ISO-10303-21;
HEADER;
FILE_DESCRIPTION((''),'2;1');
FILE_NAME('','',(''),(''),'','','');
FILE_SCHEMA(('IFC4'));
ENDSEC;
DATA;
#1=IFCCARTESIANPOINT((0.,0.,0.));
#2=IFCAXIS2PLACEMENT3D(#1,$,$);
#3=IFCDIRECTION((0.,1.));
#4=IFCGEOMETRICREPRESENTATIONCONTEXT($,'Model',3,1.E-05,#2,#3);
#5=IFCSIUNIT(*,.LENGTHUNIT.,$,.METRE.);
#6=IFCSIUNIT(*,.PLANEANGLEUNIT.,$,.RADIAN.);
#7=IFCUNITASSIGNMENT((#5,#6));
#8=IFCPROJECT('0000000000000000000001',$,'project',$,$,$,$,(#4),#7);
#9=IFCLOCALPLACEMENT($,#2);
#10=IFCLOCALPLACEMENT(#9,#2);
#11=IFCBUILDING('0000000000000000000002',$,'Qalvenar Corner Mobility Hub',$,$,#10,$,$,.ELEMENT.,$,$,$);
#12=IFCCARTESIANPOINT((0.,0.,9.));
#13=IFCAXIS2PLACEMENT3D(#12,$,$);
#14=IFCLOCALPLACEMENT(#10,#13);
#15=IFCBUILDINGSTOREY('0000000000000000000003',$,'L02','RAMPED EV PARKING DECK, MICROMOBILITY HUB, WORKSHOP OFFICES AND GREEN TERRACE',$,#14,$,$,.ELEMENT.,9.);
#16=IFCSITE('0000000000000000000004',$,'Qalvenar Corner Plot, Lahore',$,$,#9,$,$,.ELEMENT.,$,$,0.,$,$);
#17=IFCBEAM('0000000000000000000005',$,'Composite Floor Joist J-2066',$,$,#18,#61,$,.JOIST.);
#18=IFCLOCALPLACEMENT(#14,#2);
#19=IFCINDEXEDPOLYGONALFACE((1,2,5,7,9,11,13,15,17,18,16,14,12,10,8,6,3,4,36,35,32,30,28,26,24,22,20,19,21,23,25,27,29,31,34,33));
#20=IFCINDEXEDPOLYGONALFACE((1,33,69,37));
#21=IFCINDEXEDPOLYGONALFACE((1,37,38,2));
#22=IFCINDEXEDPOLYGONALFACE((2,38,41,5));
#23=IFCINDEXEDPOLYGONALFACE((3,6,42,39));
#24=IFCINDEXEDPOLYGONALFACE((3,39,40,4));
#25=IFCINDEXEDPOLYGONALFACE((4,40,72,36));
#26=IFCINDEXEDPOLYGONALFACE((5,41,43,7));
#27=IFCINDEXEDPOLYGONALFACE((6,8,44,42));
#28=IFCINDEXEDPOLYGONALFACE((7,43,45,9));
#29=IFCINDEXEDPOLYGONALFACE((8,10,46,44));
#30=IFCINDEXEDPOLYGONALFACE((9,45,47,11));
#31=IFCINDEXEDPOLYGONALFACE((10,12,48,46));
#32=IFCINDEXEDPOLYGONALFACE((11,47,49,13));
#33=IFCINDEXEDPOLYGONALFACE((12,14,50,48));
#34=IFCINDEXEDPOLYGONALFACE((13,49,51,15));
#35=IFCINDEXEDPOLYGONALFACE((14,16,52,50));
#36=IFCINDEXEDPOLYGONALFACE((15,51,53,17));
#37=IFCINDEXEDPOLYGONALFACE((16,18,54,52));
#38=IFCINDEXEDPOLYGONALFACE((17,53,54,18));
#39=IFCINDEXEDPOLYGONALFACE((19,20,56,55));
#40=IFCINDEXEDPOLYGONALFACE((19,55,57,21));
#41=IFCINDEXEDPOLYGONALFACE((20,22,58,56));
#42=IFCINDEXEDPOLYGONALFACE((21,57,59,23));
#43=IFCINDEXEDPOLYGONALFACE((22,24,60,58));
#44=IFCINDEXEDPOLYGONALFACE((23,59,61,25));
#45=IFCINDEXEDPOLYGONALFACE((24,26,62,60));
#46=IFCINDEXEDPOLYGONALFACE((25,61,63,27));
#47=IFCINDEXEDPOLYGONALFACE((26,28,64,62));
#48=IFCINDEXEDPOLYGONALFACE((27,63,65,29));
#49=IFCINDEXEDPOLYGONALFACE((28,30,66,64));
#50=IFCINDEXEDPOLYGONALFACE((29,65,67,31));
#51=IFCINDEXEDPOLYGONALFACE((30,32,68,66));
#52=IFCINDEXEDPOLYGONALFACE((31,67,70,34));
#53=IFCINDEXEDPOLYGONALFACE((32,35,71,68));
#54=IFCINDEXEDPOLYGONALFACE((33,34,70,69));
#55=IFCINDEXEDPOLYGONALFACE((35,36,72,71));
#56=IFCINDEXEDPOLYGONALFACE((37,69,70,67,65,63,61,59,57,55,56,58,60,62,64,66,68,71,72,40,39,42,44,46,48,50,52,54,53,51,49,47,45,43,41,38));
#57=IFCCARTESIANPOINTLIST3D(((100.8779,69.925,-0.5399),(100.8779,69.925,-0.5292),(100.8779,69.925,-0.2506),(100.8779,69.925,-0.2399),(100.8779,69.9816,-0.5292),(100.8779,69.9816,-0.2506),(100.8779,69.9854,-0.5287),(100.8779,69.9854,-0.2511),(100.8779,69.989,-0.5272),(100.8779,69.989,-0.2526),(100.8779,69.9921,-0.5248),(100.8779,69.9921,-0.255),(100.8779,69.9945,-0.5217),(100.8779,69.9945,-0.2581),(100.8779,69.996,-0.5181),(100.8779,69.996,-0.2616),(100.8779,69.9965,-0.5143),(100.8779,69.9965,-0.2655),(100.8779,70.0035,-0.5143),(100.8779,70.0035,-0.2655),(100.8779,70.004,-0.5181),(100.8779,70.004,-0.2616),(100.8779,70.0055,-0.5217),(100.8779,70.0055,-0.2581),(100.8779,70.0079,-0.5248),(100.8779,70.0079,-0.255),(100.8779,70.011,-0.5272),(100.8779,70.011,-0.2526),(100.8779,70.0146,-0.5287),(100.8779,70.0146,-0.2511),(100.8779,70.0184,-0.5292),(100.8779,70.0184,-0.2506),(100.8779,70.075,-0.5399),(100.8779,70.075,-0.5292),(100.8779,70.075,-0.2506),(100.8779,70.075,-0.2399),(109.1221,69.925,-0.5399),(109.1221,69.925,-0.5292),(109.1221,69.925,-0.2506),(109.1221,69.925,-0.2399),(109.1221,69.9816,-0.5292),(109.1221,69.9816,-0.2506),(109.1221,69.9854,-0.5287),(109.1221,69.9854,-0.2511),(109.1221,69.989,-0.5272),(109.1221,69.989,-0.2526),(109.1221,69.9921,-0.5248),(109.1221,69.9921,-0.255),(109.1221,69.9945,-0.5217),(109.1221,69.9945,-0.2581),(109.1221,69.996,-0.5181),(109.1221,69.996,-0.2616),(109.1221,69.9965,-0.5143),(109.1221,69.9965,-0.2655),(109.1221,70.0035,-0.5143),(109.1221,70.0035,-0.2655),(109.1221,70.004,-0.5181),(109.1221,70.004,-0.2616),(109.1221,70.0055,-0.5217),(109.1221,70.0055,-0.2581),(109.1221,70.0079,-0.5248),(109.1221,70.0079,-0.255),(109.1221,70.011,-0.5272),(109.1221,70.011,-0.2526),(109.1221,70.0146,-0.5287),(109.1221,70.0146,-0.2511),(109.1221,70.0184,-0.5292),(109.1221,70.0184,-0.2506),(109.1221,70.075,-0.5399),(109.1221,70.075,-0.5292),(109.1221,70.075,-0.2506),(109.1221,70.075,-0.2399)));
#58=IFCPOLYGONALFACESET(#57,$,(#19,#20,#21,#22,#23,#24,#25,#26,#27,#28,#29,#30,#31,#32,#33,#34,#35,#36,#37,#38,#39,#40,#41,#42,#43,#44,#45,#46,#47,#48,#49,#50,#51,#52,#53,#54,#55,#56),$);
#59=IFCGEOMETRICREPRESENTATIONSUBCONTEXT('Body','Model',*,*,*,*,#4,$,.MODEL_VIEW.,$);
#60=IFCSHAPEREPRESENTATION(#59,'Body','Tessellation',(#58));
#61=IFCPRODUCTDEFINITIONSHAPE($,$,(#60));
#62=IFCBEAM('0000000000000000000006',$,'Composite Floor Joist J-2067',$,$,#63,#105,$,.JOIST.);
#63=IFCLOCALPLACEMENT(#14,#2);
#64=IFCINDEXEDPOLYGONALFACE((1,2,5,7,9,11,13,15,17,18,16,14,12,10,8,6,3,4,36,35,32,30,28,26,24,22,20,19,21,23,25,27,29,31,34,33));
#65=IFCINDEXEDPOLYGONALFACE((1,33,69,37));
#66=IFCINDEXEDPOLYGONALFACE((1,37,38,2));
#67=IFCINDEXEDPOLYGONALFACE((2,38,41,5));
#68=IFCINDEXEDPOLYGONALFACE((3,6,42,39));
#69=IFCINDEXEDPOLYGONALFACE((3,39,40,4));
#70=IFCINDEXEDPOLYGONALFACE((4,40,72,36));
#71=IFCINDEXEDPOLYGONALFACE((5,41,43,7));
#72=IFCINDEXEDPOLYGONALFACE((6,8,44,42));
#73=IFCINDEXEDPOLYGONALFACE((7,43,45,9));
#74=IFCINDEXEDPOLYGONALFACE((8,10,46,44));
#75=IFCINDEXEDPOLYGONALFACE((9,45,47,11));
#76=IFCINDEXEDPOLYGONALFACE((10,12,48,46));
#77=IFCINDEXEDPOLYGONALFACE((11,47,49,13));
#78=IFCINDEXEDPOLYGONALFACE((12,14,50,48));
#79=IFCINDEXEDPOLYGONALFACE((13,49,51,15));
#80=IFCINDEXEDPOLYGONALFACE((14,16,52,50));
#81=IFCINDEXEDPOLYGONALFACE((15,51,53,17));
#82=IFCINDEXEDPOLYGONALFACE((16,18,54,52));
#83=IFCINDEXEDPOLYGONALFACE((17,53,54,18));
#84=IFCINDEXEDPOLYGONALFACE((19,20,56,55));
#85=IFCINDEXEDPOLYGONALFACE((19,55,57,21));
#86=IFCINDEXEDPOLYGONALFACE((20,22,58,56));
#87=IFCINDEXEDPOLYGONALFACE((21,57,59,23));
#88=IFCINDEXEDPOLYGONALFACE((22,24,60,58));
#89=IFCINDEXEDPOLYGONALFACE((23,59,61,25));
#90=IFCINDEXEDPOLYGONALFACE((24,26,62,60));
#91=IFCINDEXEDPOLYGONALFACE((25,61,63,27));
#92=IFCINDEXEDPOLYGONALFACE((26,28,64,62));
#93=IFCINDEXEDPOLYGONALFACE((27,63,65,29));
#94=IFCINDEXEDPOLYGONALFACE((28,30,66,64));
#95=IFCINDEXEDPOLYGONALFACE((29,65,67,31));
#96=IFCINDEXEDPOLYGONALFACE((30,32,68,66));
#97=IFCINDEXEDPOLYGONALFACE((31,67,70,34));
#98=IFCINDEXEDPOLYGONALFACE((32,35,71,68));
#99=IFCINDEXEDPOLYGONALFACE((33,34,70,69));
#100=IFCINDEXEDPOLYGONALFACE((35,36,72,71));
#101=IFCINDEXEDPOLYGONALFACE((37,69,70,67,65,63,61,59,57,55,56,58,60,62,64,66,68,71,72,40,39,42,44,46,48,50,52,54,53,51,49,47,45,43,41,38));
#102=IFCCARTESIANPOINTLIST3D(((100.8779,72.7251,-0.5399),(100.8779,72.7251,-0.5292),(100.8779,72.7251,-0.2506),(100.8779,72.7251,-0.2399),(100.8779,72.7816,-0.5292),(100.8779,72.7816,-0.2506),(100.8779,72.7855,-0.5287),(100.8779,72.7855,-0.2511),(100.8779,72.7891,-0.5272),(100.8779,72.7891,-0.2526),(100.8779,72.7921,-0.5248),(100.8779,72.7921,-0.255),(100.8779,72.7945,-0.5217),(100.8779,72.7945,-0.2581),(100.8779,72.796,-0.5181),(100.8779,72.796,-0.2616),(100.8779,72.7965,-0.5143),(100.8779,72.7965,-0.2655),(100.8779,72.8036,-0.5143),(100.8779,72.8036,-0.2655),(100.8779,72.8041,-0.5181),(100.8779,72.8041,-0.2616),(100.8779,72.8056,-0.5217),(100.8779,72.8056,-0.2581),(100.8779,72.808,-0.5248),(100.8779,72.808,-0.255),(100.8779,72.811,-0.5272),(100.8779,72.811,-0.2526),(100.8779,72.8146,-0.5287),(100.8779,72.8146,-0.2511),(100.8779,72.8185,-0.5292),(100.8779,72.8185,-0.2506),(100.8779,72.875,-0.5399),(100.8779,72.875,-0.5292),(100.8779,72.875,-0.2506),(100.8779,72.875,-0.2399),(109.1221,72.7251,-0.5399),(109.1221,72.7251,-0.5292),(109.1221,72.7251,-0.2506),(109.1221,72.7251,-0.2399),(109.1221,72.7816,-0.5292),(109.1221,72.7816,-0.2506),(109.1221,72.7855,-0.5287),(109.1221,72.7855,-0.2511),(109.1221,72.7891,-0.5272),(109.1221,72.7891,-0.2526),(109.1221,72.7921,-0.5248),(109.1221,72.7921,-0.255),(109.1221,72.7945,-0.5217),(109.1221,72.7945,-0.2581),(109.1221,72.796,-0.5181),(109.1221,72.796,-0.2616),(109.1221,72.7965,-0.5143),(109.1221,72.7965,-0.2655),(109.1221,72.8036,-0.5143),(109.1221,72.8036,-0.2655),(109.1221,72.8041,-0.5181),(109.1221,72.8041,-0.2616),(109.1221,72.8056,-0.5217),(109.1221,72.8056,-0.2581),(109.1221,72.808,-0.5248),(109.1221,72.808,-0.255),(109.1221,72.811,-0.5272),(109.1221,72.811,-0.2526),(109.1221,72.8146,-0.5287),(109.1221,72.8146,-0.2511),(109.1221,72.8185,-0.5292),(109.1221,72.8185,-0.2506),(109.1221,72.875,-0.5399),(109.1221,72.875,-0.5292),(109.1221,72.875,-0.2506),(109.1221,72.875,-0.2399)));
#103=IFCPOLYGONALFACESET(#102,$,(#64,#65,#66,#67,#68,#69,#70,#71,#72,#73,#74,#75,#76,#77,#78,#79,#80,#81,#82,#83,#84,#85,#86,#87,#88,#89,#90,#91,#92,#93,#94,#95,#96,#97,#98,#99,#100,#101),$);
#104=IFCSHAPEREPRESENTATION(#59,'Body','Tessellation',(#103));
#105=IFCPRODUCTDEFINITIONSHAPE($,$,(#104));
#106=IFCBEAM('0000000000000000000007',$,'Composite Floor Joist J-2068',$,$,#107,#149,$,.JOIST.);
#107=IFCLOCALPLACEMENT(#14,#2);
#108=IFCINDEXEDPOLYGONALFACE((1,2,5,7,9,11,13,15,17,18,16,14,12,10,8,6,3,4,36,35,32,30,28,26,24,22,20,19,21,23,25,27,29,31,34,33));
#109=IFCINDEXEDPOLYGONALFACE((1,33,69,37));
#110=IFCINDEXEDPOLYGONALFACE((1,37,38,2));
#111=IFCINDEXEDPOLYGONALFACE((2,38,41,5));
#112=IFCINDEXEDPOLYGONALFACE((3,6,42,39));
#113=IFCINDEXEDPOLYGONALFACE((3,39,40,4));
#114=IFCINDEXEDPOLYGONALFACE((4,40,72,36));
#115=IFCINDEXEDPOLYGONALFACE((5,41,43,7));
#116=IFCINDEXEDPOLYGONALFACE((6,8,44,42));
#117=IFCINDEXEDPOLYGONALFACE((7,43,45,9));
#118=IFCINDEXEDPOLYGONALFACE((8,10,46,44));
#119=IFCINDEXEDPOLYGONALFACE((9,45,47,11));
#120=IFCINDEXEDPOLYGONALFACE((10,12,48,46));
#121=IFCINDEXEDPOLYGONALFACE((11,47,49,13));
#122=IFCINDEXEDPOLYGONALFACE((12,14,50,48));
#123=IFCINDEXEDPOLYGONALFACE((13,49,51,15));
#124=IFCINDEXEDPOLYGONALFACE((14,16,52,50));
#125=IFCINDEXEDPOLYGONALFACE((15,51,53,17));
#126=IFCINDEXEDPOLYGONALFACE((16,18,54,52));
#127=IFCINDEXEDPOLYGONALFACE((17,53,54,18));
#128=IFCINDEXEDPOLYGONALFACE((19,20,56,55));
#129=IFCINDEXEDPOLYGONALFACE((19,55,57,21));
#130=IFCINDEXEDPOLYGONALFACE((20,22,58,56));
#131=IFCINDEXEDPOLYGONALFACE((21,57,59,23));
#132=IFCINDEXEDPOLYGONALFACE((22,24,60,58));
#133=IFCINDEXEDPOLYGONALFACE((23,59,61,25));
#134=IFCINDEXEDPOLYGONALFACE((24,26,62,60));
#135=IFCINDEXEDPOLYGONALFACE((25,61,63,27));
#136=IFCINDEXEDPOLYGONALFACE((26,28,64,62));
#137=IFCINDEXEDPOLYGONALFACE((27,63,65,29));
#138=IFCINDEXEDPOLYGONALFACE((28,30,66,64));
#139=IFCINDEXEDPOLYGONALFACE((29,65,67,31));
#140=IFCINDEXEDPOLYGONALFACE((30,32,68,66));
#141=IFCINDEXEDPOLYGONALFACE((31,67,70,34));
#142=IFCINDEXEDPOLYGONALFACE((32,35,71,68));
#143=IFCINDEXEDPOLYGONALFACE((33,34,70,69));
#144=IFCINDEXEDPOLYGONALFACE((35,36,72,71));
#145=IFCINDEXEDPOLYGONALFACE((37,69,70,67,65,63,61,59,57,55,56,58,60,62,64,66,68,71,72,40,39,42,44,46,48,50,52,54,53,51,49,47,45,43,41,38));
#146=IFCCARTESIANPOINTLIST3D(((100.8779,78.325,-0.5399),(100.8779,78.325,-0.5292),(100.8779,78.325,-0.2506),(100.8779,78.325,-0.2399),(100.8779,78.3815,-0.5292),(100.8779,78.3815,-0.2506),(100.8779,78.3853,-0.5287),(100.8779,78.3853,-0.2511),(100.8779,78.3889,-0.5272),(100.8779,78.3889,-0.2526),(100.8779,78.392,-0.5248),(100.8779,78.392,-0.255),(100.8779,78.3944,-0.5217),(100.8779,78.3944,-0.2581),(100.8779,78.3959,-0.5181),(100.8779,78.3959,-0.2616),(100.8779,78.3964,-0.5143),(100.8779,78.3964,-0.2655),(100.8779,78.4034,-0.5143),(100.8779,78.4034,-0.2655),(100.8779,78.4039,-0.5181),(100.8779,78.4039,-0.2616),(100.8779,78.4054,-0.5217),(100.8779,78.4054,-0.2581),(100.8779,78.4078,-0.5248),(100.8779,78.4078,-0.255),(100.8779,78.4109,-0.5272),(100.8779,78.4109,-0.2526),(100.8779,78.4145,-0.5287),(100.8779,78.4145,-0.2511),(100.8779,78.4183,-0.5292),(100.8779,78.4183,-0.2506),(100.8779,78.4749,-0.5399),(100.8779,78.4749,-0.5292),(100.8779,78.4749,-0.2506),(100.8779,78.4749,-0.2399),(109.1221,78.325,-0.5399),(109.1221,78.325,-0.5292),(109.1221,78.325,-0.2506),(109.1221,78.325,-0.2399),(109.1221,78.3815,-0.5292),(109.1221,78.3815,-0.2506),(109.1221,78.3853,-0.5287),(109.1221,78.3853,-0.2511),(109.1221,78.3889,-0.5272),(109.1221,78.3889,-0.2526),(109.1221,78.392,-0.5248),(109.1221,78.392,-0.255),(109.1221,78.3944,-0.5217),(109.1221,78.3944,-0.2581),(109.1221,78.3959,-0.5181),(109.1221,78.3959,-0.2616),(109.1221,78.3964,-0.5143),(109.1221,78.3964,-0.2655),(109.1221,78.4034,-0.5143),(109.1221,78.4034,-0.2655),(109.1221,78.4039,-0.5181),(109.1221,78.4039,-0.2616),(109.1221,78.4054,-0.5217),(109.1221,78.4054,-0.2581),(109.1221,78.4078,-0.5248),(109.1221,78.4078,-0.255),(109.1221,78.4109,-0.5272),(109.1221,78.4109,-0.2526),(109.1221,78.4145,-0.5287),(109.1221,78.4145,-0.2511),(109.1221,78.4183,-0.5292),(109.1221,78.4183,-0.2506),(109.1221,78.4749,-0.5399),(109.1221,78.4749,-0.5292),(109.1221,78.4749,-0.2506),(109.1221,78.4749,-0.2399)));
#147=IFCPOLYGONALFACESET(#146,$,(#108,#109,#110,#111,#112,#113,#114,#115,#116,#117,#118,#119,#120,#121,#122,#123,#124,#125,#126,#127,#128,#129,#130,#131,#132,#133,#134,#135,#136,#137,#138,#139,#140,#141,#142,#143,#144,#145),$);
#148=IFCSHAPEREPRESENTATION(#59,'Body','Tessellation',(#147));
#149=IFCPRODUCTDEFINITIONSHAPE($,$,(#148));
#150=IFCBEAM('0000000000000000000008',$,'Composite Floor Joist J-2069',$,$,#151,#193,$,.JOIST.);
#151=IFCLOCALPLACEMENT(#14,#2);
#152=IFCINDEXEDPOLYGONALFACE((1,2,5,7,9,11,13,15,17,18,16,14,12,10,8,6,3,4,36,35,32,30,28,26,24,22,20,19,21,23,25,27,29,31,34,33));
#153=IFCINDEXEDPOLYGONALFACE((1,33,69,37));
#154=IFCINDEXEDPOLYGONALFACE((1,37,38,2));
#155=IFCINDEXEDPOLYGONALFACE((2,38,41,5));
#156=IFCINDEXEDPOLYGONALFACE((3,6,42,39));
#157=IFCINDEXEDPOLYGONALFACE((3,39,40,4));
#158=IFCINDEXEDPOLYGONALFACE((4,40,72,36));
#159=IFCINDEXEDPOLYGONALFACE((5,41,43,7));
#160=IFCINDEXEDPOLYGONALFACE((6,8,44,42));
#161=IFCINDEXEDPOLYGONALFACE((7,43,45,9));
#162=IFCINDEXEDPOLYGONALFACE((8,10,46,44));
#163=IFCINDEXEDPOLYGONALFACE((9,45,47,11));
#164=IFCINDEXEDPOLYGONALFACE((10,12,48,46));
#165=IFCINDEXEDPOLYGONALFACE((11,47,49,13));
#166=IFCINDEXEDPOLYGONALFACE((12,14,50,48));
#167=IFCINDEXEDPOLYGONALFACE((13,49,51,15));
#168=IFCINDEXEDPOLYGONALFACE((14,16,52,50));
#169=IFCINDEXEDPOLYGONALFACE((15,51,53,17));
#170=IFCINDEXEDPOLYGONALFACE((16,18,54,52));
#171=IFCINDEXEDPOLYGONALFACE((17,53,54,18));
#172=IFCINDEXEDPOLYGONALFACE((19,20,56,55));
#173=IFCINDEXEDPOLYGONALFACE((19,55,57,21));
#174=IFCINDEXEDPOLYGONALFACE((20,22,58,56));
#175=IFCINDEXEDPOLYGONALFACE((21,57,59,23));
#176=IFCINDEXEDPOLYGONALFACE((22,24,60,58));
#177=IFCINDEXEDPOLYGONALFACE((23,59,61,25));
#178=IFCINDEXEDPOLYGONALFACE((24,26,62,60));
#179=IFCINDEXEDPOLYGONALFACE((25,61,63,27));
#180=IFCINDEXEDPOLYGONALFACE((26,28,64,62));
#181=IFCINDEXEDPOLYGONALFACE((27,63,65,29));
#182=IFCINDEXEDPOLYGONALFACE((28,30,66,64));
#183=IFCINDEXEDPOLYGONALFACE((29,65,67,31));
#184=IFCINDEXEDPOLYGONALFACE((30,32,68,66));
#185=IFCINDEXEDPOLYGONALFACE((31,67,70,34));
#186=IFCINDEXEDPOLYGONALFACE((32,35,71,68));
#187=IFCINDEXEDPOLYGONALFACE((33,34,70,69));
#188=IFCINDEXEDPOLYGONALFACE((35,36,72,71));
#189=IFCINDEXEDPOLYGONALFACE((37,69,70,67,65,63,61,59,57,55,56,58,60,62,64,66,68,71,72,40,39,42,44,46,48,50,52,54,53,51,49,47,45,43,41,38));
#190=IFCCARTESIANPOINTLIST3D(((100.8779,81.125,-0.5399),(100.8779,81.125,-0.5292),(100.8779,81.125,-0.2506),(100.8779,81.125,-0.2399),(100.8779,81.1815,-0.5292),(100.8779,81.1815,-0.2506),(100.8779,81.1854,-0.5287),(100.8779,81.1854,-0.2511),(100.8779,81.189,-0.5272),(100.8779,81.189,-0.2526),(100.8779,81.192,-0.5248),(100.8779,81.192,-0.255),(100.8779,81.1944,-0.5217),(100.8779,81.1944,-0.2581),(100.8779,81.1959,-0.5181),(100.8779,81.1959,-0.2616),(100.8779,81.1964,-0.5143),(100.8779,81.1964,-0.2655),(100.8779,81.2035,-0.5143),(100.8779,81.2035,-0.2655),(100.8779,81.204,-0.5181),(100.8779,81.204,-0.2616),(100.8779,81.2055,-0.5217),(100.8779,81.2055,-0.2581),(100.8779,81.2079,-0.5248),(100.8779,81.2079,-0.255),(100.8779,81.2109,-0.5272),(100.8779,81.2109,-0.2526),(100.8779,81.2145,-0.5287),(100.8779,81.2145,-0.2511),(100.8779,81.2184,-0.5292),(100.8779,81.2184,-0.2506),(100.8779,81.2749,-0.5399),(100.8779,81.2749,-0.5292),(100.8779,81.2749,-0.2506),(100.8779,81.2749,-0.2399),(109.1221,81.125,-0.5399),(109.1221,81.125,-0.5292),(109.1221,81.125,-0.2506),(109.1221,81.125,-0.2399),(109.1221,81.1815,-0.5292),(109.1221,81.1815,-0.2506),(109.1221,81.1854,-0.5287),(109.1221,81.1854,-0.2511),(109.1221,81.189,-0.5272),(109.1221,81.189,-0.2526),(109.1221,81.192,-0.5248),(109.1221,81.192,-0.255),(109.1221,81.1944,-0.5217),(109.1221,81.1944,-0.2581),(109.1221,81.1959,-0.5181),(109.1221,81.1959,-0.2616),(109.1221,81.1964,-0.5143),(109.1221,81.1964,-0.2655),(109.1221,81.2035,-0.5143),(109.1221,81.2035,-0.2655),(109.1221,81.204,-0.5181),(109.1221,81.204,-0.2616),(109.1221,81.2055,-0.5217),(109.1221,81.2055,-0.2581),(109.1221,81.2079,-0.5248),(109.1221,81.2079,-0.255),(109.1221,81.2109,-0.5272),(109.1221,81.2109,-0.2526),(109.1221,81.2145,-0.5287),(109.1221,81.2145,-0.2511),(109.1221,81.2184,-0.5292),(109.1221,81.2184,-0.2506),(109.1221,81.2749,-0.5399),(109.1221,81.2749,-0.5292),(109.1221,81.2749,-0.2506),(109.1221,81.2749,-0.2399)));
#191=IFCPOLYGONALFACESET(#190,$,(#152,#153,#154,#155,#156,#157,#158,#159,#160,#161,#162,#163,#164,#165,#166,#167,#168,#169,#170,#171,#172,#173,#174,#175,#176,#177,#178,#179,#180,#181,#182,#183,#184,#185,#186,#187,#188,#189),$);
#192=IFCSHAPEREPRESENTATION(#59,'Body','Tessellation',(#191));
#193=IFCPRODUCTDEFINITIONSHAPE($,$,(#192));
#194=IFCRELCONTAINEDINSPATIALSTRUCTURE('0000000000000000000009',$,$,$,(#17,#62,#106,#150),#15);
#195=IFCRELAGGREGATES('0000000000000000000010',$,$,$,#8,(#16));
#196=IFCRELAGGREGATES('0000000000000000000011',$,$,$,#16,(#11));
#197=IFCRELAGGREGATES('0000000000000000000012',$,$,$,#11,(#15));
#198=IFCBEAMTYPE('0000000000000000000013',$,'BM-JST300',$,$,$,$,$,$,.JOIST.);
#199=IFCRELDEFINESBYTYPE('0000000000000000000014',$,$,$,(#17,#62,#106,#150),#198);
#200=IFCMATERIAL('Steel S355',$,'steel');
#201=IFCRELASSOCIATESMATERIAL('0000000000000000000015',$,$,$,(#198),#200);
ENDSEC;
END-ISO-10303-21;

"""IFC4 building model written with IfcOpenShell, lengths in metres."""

from ifc_helpers import new_model, si_unit, direction, frame, origin, origin_2d, place, context, subcontext, project, spatial, i_section, extrude, material, material_profile, profile_set, type_object, element, save


model = new_model("IFC4")

# Units and contexts
model_context = context("Model", 3, precision=1e-05, world=origin(), true_north=direction((0.0, 1.0)))
body_context = subcontext(model_context, "Body", "Model", "MODEL_VIEW")
ifc_project = project(units=[si_unit("LENGTHUNIT", "METRE"), si_unit("PLANEANGLEUNIT", "RADIAN")], contexts=[model_context])

# Site, building, storey
site_placement = place(None, origin())
site = spatial("IfcSite", under=ifc_project, at=site_placement, Name="Qalvenar Corner Plot, Lahore", CompositionType="ELEMENT", RefElevation=0.0)
building_placement = place(site_placement, origin())
building = spatial("IfcBuilding", under=site, at=building_placement, Name="Qalvenar Corner Mobility Hub", CompositionType="ELEMENT")
storey_placement = place(building_placement, frame((0.0, 0.0, 9.0)))
storey = spatial("IfcBuildingStorey", under=building, at=storey_placement, Name="L02", Description="RAMPED EV PARKING DECK, MICROMOBILITY HUB, WORKSHOP OFFICES AND GREEN TERRACE", CompositionType="ELEMENT", Elevation=9.0)

# Shared definitions
ifc_material = material(Name="Steel S355", Category="steel")

# Beams
ifc_material_profile_1 = material_profile(ifc_material, i_section(OverallWidth=0.1499, OverallDepth=0.3, WebThickness=0.0071, FlangeThickness=0.0107, FilletRadius=0.0149, at=origin_2d()), Name="IPE300")
ifc_profile_set_1 = profile_set([ifc_material_profile_1], Name="Steel S355")
beam_type_1 = type_object("IfcBeamType", Name="BM-JST300", PredefinedType="JOIST", material=ifc_profile_set_1)
for number, where, z_axis, x_axis, name in (
    (1, (100.8779, 70.0, -0.3899), (1.0, 0.0, 0.0), (0.0, 1.0, 0.0), "Composite Floor Joist J-2066"),
    (2, (100.8779, 72.8, -0.3899), (1.0, 0.0, 0.0), (0.0, 1.0, 0.0), "Composite Floor Joist J-2067"),
    (3, (100.8779, 78.3999, -0.3899), (1.0, 0.0, 0.0), (0.0, 1.0, 0.0), "Composite Floor Joist J-2068"),
    (4, (100.8779, 81.2, -0.3899), (1.0, 0.0, 0.0), (0.0, 1.0, 0.0), "Composite Floor Joist J-2069"),
):
    element("IfcBeam", number, at=place(storey_placement, frame(where, z_axis=z_axis, x_axis=x_axis)), inside=storey, type_object=beam_type_1, Name=name, PredefinedType="JOIST", context=body_context, shape_type="SweptSolid", body=[
        extrude(i_section(OverallWidth=0.1499, OverallDepth=0.3, WebThickness=0.0071, FlangeThickness=0.0107, FilletRadius=0.0149, at=origin_2d()), origin(), (0.0, 0.0, 1.0), 8.2441),
    ])

save(model, "model.ifc")
